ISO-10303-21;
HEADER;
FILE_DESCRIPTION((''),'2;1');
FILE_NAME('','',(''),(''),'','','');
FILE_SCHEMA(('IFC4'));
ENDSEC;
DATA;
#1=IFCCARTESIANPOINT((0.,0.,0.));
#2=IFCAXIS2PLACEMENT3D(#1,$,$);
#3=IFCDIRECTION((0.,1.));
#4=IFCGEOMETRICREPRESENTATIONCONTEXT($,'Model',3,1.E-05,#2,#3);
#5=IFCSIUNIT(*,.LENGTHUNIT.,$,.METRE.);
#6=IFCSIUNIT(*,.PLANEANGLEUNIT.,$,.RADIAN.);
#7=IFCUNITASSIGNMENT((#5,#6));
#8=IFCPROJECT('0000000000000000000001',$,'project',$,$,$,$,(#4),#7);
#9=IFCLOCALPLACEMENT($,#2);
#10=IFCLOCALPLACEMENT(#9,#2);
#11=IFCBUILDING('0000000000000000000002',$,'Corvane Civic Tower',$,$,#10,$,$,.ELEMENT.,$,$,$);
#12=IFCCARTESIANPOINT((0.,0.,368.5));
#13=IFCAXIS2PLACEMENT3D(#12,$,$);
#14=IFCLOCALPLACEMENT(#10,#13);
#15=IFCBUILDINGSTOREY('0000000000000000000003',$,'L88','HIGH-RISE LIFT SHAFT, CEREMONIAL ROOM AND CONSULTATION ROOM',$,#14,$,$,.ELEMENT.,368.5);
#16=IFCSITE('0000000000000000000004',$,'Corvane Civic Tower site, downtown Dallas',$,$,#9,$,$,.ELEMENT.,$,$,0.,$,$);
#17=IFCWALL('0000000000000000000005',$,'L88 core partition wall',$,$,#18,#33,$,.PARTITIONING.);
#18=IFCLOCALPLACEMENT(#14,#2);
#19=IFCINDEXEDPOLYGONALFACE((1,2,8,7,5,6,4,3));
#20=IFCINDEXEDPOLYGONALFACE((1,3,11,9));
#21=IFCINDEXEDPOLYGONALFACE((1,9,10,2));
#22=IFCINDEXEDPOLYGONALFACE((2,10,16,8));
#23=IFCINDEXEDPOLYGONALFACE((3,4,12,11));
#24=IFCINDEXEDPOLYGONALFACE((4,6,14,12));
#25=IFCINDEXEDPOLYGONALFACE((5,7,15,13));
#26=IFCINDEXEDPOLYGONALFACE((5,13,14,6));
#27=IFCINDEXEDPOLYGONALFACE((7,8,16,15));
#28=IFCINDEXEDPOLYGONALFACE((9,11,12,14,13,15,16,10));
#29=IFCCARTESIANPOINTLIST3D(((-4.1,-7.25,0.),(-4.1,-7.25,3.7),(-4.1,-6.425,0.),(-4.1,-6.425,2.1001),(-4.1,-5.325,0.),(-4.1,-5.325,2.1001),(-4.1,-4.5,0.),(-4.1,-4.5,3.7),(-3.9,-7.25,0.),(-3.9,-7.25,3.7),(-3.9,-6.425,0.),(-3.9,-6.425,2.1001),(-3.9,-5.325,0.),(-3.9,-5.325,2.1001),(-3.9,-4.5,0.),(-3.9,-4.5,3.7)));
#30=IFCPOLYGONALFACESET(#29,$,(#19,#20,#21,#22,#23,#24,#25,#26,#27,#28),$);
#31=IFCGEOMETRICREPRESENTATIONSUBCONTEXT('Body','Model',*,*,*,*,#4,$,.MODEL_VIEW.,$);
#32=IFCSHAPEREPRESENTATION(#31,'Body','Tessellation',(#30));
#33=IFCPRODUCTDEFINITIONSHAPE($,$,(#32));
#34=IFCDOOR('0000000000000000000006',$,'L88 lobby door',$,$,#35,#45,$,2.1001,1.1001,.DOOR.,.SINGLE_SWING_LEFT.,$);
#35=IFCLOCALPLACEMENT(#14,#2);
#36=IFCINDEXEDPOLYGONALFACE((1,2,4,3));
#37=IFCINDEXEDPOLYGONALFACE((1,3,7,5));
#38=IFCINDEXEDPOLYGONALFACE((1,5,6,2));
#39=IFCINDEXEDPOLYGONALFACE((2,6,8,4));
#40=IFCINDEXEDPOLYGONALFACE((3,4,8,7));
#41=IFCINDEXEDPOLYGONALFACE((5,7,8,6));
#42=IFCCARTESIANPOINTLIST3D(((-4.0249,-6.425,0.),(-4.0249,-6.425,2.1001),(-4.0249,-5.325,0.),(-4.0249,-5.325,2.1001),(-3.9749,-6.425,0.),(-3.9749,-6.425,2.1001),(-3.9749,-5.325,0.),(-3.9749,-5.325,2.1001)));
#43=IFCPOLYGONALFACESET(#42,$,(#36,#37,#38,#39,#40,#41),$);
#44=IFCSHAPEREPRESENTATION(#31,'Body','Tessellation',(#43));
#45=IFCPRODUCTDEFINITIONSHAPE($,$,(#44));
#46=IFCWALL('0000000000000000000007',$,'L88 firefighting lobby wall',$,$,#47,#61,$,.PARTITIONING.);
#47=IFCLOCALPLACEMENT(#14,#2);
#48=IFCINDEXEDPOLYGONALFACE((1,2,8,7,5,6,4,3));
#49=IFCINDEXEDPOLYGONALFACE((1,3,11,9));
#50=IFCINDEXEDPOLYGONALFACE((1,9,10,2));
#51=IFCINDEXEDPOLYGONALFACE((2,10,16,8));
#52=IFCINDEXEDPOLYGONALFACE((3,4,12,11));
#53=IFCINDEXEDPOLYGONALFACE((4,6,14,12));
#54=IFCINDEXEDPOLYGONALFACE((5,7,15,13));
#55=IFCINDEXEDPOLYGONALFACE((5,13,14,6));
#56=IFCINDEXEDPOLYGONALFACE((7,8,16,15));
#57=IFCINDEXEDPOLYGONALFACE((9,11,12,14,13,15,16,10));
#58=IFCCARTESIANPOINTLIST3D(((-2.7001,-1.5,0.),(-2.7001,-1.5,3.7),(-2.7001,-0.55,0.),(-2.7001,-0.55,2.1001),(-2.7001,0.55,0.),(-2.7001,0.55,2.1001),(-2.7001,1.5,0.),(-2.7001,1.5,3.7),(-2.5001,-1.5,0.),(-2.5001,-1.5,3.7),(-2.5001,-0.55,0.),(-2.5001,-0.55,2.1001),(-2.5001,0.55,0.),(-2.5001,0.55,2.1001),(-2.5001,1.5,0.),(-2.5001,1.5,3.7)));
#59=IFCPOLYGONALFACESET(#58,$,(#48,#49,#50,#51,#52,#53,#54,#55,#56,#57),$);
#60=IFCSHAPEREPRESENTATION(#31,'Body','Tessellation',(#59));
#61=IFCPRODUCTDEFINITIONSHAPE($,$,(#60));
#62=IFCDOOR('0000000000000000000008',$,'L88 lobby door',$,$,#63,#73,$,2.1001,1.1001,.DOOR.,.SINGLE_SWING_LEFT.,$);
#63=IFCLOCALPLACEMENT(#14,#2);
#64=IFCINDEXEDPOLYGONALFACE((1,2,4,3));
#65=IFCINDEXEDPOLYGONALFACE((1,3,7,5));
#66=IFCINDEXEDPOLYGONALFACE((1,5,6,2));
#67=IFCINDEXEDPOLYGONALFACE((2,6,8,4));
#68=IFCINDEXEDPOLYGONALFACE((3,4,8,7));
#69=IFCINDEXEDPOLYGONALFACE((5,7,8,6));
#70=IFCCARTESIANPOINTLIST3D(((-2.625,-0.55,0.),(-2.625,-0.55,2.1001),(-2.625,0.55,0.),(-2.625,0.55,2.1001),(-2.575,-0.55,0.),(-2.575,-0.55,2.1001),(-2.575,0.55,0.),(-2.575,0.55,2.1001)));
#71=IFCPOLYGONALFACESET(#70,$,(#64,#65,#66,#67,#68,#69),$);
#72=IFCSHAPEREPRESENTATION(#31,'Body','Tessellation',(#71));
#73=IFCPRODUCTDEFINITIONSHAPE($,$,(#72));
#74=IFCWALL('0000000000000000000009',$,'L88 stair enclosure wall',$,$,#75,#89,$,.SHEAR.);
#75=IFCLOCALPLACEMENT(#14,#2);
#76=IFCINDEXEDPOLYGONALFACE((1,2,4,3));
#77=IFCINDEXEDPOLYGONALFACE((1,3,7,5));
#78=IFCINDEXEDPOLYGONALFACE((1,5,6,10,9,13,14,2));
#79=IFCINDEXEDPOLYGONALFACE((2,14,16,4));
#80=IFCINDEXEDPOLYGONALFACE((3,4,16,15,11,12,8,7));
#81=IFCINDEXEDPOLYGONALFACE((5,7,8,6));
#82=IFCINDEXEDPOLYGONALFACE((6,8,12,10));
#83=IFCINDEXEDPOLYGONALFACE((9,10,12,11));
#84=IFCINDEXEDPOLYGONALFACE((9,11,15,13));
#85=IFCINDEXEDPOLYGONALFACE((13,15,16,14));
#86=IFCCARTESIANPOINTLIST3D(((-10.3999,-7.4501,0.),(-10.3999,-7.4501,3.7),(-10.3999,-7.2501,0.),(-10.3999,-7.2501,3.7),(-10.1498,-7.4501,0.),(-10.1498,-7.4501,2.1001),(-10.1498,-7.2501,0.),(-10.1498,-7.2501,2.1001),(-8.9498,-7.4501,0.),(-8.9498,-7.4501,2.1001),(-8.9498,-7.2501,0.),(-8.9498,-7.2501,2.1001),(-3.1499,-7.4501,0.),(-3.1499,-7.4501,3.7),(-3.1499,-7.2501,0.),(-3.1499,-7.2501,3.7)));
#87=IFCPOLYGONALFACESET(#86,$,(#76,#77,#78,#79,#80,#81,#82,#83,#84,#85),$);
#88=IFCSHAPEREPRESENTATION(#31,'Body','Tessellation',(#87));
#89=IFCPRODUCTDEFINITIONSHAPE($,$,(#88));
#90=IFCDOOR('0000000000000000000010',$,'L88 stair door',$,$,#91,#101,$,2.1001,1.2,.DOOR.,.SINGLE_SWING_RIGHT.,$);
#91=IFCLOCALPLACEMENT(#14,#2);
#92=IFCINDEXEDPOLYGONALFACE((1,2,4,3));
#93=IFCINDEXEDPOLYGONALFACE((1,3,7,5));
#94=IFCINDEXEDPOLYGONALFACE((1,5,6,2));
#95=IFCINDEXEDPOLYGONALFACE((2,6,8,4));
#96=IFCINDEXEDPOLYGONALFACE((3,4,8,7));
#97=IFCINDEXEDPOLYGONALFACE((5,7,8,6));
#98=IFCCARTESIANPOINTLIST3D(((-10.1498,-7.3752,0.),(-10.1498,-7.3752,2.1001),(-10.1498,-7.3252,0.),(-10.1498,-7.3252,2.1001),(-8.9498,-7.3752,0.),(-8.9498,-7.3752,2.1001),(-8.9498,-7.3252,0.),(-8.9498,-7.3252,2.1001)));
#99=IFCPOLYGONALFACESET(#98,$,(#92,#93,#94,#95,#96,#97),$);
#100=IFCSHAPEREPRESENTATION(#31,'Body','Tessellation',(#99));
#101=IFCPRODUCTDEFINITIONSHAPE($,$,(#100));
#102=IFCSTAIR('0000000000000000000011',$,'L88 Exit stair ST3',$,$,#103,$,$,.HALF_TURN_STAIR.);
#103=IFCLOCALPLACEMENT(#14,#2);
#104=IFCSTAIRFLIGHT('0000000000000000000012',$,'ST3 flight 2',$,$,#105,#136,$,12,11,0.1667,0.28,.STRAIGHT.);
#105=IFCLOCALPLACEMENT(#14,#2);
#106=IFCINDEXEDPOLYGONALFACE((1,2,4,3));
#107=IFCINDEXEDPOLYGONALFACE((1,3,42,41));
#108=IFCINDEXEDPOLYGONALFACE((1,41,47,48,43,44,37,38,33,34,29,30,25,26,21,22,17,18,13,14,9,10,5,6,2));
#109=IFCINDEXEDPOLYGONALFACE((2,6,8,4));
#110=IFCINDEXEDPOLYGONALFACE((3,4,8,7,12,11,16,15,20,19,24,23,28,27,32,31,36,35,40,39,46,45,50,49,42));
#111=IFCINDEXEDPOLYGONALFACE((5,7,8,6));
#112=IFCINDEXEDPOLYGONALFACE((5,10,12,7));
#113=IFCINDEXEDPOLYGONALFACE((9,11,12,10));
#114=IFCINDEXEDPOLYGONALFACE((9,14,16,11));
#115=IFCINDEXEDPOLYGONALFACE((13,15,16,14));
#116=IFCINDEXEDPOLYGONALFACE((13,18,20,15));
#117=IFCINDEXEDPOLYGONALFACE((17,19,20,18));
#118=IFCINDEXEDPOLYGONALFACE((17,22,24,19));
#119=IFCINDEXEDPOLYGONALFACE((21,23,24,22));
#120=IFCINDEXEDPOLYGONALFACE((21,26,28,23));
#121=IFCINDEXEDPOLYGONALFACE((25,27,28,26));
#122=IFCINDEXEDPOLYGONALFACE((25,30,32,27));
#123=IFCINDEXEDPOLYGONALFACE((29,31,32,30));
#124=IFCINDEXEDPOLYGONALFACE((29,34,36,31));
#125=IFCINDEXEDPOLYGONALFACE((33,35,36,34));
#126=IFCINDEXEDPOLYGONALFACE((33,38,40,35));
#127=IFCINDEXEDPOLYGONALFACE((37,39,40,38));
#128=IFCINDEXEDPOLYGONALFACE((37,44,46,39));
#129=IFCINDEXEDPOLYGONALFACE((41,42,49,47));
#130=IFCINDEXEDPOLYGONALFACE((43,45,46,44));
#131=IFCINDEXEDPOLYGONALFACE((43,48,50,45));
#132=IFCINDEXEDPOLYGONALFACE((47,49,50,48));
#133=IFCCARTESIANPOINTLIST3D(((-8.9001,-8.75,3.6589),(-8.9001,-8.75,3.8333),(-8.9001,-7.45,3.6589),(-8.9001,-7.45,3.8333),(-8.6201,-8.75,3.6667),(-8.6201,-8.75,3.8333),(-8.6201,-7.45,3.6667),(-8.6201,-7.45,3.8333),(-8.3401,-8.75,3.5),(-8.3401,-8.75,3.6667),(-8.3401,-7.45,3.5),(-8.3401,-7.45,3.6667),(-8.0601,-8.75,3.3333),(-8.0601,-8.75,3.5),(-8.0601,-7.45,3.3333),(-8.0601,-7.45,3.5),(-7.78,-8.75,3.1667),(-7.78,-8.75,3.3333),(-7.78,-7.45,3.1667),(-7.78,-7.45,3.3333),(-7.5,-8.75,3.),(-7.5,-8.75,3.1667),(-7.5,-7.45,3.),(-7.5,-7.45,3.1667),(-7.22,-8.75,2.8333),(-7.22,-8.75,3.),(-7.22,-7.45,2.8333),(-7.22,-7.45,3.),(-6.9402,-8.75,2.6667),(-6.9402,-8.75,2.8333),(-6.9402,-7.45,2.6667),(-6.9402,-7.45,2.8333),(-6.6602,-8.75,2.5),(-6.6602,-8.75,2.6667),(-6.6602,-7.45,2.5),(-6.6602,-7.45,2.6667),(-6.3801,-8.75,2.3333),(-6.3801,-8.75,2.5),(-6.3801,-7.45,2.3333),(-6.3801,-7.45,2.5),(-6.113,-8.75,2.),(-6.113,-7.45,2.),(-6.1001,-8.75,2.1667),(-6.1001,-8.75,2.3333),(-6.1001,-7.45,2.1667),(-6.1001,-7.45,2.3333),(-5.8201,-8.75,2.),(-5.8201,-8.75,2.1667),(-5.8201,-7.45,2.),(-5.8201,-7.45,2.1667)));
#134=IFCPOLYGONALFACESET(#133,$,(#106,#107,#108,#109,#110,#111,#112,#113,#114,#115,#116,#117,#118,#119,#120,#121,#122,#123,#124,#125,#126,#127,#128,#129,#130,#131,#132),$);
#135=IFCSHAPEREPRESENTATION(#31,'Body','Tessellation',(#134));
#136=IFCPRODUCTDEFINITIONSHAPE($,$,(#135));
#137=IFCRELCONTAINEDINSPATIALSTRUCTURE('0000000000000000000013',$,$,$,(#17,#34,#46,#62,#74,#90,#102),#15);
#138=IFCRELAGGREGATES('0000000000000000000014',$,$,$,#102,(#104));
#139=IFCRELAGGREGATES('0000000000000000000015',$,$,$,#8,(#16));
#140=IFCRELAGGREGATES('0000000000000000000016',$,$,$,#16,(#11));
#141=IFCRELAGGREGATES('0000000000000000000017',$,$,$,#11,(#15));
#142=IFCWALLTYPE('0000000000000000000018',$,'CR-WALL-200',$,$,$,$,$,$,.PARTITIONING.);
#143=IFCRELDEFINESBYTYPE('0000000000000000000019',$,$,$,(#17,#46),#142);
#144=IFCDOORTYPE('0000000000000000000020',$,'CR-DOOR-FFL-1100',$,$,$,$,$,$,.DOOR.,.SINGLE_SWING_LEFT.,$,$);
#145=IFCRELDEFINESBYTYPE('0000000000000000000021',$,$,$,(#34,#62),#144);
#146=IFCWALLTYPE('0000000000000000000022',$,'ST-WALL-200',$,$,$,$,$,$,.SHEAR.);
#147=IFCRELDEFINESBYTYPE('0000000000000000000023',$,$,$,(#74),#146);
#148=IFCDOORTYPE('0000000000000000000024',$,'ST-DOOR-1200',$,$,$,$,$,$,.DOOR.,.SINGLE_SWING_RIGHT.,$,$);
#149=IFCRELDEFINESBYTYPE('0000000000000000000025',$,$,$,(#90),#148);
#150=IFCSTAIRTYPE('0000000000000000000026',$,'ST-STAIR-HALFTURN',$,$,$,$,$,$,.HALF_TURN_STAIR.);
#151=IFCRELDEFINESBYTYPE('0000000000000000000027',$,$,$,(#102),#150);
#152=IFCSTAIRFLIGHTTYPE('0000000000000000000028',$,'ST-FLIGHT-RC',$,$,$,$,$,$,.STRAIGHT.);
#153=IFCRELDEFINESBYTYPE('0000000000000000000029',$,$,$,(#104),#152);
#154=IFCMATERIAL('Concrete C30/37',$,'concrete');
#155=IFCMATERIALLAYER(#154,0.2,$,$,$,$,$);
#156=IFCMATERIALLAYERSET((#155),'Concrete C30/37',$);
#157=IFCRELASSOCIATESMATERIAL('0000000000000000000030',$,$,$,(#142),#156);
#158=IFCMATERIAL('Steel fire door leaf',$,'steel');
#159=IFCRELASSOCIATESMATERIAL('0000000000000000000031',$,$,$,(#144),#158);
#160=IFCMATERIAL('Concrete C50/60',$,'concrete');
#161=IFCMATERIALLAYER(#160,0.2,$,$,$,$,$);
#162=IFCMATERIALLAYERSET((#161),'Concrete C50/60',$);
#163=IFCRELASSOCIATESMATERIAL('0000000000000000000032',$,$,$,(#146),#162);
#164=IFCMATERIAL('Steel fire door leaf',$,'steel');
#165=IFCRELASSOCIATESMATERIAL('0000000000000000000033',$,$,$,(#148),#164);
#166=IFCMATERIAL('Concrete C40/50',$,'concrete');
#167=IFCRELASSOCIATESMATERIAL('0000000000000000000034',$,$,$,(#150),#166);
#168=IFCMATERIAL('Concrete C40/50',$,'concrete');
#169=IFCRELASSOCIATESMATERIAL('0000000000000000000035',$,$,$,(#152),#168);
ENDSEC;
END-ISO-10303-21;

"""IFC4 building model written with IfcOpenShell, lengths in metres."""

from ifc_helpers import new_model, si_unit, direction, frame, frame_2d, origin, place, context, subcontext, project, spatial, polyline, rectangle, outline, extrude, material, layer, layer_set, type_object, element, fill, aggregate, save


model = new_model("IFC4")

# Units and contexts
model_context = context("Model", 3, precision=1e-05, world=origin(), true_north=direction((0.0, 1.0)))
body_context = subcontext(model_context, "Body", "Model", "MODEL_VIEW")
ifc_project = project(units=[si_unit("LENGTHUNIT", "METRE"), si_unit("PLANEANGLEUNIT", "RADIAN")], contexts=[model_context])

# Site, building, storey
site_placement = place(None, origin())
site = spatial("IfcSite", under=ifc_project, at=site_placement, Name="Corvane Civic Tower site, downtown Dallas", CompositionType="ELEMENT", RefElevation=0.0)
building_placement = place(site_placement, origin())
building = spatial("IfcBuilding", under=site, at=building_placement, Name="Corvane Civic Tower", CompositionType="ELEMENT")
storey_placement = place(building_placement, frame((0.0, 0.0, 368.5)))
storey = spatial("IfcBuildingStorey", under=building, at=storey_placement, Name="L88", Description="HIGH-RISE LIFT SHAFT, CEREMONIAL ROOM AND CONSULTATION ROOM", CompositionType="ELEMENT", Elevation=368.5)

# Shared definitions
ifc_material_1 = material(Name="Concrete C30/37", Category="concrete")
ifc_layer_1 = layer(ifc_material_1, 0.2)
ifc_layer_set_1 = layer_set([ifc_layer_1], Name="Concrete C30/37")
wall_type_1 = type_object("IfcWallType", Name="CR-WALL-200", PredefinedType="PARTITIONING", material=ifc_layer_set_1)

# Walls, openings, doors
wall_1_placement = place(storey_placement, frame((-4.0, -7.25, 0.0), z_axis=(0.0, 0.0, 1.0), x_axis=(0.0, 1.0, 0.0)))
wall_1 = element("IfcWall", 1, at=wall_1_placement, inside=storey, type_object=wall_type_1, Name="L88 core partition wall", PredefinedType="PARTITIONING", context=body_context, shape_type="SweptSolid", body=[
    extrude(rectangle(XDim=2.75, YDim=0.2, at=frame_2d((1.375, 0.0))), origin(), (0.0, 0.0, 1.0), 3.7),
])
opening_1_placement = place(wall_1_placement, frame((0.825, 0.0, 0.0)))
opening_1 = element("IfcOpeningElement", 2, at=opening_1_placement, cuts=wall_1, PredefinedType="OPENING", context=body_context, shape_type="SweptSolid", body=[
    extrude(rectangle(XDim=1.1001, YDim=2.1001, at=frame_2d((0.55, 1.05))), frame((0.0, 0.1099, 0.0), z_axis=(0.0, -1.0, 0.0), x_axis=(1.0, 0.0, 0.0)), (0.0, 0.0, 1.0), 0.22),
])
ifc_material_2 = material(Name="Steel fire door leaf", Category="steel")
door_type_1 = type_object("IfcDoorType", Name="CR-DOOR-FFL-1100", OperationType="SINGLE_SWING_LEFT", PredefinedType="DOOR", material=ifc_material_2)
door_1_placement = place(opening_1_placement, origin())
door_1 = element("IfcDoor", 3, at=door_1_placement, inside=storey, type_object=door_type_1, Name="L88 lobby door", OperationType="SINGLE_SWING_LEFT", OverallHeight=2.1001, OverallWidth=1.1001, PredefinedType="DOOR", context=body_context, shape_type="SweptSolid", body=[
    extrude(rectangle(XDim=1.1001, YDim=2.1001, at=frame_2d((0.55, 1.05))), frame((0.0, 0.0249, 0.0), z_axis=(0.0, -1.0, 0.0), x_axis=(1.0, 0.0, 0.0)), (0.0, 0.0, 1.0), 0.05),
])
fill(opening_1, door_1)
wall_2_placement = place(storey_placement, frame((-2.6001, -1.5, 0.0), z_axis=(0.0, 0.0, 1.0), x_axis=(0.0, 1.0, 0.0)))
wall_2 = element("IfcWall", 4, at=wall_2_placement, inside=storey, type_object=wall_type_1, Name="L88 firefighting lobby wall", PredefinedType="PARTITIONING", context=body_context, shape_type="SweptSolid", body=[
    extrude(rectangle(XDim=3.0, YDim=0.2, at=frame_2d((1.5, 0.0))), origin(), (0.0, 0.0, 1.0), 3.7),
])
opening_2_placement = place(wall_2_placement, frame((0.95, 0.0, 0.0)))
opening_2 = element("IfcOpeningElement", 5, at=opening_2_placement, cuts=wall_2, PredefinedType="OPENING", context=body_context, shape_type="SweptSolid", body=[
    extrude(rectangle(XDim=1.1001, YDim=2.1001, at=frame_2d((0.55, 1.05))), frame((0.0, 0.1099, 0.0), z_axis=(0.0, -1.0, 0.0), x_axis=(1.0, 0.0, 0.0)), (0.0, 0.0, 1.0), 0.22),
])
door_2_placement = place(opening_2_placement, origin())
door_2 = element("IfcDoor", 6, at=door_2_placement, inside=storey, type_object=door_type_1, Name="L88 lobby door", OperationType="SINGLE_SWING_LEFT", OverallHeight=2.1001, OverallWidth=1.1001, PredefinedType="DOOR", context=body_context, shape_type="SweptSolid", body=[
    extrude(rectangle(XDim=1.1001, YDim=2.1001, at=frame_2d((0.55, 1.05))), frame((0.0, 0.0249, 0.0), z_axis=(0.0, -1.0, 0.0), x_axis=(1.0, 0.0, 0.0)), (0.0, 0.0, 1.0), 0.05),
])
fill(opening_2, door_2)
ifc_material_3 = material(Name="Concrete C50/60", Category="concrete")
ifc_layer_2 = layer(ifc_material_3, 0.2)
ifc_layer_set_2 = layer_set([ifc_layer_2], Name="Concrete C50/60")
wall_type_2 = type_object("IfcWallType", Name="ST-WALL-200", PredefinedType="SHEAR", material=ifc_layer_set_2)
wall_3_placement = place(storey_placement, frame((-10.3999, -7.3501, 0.0), z_axis=(0.0, 0.0, 1.0), x_axis=(1.0, 0.0, 0.0)))
wall_3 = element("IfcWall", 7, at=wall_3_placement, inside=storey, type_object=wall_type_2, Name="L88 stair enclosure wall", PredefinedType="SHEAR", context=body_context, shape_type="SweptSolid", body=[
    extrude(rectangle(XDim=7.25, YDim=0.2, at=frame_2d((3.625, 0.0))), origin(), (0.0, 0.0, 1.0), 3.7),
])
opening_3_placement = place(wall_3_placement, frame((0.25, 0.0, 0.0)))
opening_3 = element("IfcOpeningElement", 8, at=opening_3_placement, cuts=wall_3, PredefinedType="OPENING", context=body_context, shape_type="SweptSolid", body=[
    extrude(rectangle(XDim=1.2, YDim=2.1001, at=frame_2d((0.6001, 1.05))), frame((0.0, 0.1099, 0.0), z_axis=(0.0, -1.0, 0.0), x_axis=(1.0, 0.0, 0.0)), (0.0, 0.0, 1.0), 0.22),
])
ifc_material_4 = material(Name="Steel fire door leaf", Category="steel")
door_type_2 = type_object("IfcDoorType", Name="ST-DOOR-1200", OperationType="SINGLE_SWING_RIGHT", PredefinedType="DOOR", material=ifc_material_4)
door_3_placement = place(opening_3_placement, origin())
door_3 = element("IfcDoor", 9, at=door_3_placement, inside=storey, type_object=door_type_2, Name="L88 stair door", OperationType="SINGLE_SWING_RIGHT", OverallHeight=2.1001, OverallWidth=1.2, PredefinedType="DOOR", context=body_context, shape_type="SweptSolid", body=[
    extrude(rectangle(XDim=1.2, YDim=2.1001, at=frame_2d((0.6001, 1.05))), frame((0.0, 0.0249, 0.0), z_axis=(0.0, -1.0, 0.0), x_axis=(1.0, 0.0, 0.0)), (0.0, 0.0, 1.0), 0.05),
])
fill(opening_3, door_3)

# Stair, stair flight
ifc_material_5 = material(Name="Concrete C40/50", Category="concrete")
stair_type = type_object("IfcStairType", Name="ST-STAIR-HALFTURN", PredefinedType="HALF_TURN_STAIR", material=ifc_material_5)
stair_placement = place(storey_placement, origin())
stair = element("IfcStair", 10, at=stair_placement, inside=storey, type_object=stair_type, Name="L88 Exit stair ST3", PredefinedType="HALF_TURN_STAIR")
ifc_material_6 = material(Name="Concrete C40/50", Category="concrete")
stair_flight_type = type_object("IfcStairFlightType", Name="ST-FLIGHT-RC", PredefinedType="STRAIGHT", material=ifc_material_6)
stair_flight_placement = place(storey_placement, frame((-5.8201, -8.1001, 2.0), z_axis=(0.0, 0.0, 1.0), x_axis=(-1.0, 0.0, 0.0)))
stair_flight = element("IfcStairFlight", 11, at=stair_flight_placement, type_object=stair_flight_type, Name="ST3 flight 2", NumberOfRisers=12, NumberOfTreads=11, PredefinedType="STRAIGHT", RiserHeight=0.1667, TreadLength=0.28, context=body_context, shape_type="SweptSolid", body=[
    extrude(outline(polyline([(0.0, 0.0), (0.0, 0.1667), (0.28, 0.1667), (0.28, 0.3333), (0.5601, 0.3333), (0.5601, 0.5), (0.8401, 0.5), (0.8401, 0.6667), (1.1201, 0.6667), (1.1201, 0.8333), (1.3999, 0.8333), (1.3999, 1.0), (1.6799, 1.0), (1.6799, 1.1667), (1.96, 1.1667), (1.96, 1.3333), (2.24, 1.3333), (2.24, 1.5), (2.52, 1.5), (2.52, 1.6667), (2.8, 1.6667), (2.8, 1.8333), (3.0801, 1.8333), (3.0801, 2.0), (3.0801, 1.6589), (0.293, 0.0), (0.0, 0.0)])), frame((0.0, 0.6499, 0.0), z_axis=(0.0, -1.0, 0.0), x_axis=(1.0, 0.0, 0.0)), (0.0, 0.0, 1.0), 1.3),
])
aggregate(stair, [stair_flight])

save(model, "model.ifc")
